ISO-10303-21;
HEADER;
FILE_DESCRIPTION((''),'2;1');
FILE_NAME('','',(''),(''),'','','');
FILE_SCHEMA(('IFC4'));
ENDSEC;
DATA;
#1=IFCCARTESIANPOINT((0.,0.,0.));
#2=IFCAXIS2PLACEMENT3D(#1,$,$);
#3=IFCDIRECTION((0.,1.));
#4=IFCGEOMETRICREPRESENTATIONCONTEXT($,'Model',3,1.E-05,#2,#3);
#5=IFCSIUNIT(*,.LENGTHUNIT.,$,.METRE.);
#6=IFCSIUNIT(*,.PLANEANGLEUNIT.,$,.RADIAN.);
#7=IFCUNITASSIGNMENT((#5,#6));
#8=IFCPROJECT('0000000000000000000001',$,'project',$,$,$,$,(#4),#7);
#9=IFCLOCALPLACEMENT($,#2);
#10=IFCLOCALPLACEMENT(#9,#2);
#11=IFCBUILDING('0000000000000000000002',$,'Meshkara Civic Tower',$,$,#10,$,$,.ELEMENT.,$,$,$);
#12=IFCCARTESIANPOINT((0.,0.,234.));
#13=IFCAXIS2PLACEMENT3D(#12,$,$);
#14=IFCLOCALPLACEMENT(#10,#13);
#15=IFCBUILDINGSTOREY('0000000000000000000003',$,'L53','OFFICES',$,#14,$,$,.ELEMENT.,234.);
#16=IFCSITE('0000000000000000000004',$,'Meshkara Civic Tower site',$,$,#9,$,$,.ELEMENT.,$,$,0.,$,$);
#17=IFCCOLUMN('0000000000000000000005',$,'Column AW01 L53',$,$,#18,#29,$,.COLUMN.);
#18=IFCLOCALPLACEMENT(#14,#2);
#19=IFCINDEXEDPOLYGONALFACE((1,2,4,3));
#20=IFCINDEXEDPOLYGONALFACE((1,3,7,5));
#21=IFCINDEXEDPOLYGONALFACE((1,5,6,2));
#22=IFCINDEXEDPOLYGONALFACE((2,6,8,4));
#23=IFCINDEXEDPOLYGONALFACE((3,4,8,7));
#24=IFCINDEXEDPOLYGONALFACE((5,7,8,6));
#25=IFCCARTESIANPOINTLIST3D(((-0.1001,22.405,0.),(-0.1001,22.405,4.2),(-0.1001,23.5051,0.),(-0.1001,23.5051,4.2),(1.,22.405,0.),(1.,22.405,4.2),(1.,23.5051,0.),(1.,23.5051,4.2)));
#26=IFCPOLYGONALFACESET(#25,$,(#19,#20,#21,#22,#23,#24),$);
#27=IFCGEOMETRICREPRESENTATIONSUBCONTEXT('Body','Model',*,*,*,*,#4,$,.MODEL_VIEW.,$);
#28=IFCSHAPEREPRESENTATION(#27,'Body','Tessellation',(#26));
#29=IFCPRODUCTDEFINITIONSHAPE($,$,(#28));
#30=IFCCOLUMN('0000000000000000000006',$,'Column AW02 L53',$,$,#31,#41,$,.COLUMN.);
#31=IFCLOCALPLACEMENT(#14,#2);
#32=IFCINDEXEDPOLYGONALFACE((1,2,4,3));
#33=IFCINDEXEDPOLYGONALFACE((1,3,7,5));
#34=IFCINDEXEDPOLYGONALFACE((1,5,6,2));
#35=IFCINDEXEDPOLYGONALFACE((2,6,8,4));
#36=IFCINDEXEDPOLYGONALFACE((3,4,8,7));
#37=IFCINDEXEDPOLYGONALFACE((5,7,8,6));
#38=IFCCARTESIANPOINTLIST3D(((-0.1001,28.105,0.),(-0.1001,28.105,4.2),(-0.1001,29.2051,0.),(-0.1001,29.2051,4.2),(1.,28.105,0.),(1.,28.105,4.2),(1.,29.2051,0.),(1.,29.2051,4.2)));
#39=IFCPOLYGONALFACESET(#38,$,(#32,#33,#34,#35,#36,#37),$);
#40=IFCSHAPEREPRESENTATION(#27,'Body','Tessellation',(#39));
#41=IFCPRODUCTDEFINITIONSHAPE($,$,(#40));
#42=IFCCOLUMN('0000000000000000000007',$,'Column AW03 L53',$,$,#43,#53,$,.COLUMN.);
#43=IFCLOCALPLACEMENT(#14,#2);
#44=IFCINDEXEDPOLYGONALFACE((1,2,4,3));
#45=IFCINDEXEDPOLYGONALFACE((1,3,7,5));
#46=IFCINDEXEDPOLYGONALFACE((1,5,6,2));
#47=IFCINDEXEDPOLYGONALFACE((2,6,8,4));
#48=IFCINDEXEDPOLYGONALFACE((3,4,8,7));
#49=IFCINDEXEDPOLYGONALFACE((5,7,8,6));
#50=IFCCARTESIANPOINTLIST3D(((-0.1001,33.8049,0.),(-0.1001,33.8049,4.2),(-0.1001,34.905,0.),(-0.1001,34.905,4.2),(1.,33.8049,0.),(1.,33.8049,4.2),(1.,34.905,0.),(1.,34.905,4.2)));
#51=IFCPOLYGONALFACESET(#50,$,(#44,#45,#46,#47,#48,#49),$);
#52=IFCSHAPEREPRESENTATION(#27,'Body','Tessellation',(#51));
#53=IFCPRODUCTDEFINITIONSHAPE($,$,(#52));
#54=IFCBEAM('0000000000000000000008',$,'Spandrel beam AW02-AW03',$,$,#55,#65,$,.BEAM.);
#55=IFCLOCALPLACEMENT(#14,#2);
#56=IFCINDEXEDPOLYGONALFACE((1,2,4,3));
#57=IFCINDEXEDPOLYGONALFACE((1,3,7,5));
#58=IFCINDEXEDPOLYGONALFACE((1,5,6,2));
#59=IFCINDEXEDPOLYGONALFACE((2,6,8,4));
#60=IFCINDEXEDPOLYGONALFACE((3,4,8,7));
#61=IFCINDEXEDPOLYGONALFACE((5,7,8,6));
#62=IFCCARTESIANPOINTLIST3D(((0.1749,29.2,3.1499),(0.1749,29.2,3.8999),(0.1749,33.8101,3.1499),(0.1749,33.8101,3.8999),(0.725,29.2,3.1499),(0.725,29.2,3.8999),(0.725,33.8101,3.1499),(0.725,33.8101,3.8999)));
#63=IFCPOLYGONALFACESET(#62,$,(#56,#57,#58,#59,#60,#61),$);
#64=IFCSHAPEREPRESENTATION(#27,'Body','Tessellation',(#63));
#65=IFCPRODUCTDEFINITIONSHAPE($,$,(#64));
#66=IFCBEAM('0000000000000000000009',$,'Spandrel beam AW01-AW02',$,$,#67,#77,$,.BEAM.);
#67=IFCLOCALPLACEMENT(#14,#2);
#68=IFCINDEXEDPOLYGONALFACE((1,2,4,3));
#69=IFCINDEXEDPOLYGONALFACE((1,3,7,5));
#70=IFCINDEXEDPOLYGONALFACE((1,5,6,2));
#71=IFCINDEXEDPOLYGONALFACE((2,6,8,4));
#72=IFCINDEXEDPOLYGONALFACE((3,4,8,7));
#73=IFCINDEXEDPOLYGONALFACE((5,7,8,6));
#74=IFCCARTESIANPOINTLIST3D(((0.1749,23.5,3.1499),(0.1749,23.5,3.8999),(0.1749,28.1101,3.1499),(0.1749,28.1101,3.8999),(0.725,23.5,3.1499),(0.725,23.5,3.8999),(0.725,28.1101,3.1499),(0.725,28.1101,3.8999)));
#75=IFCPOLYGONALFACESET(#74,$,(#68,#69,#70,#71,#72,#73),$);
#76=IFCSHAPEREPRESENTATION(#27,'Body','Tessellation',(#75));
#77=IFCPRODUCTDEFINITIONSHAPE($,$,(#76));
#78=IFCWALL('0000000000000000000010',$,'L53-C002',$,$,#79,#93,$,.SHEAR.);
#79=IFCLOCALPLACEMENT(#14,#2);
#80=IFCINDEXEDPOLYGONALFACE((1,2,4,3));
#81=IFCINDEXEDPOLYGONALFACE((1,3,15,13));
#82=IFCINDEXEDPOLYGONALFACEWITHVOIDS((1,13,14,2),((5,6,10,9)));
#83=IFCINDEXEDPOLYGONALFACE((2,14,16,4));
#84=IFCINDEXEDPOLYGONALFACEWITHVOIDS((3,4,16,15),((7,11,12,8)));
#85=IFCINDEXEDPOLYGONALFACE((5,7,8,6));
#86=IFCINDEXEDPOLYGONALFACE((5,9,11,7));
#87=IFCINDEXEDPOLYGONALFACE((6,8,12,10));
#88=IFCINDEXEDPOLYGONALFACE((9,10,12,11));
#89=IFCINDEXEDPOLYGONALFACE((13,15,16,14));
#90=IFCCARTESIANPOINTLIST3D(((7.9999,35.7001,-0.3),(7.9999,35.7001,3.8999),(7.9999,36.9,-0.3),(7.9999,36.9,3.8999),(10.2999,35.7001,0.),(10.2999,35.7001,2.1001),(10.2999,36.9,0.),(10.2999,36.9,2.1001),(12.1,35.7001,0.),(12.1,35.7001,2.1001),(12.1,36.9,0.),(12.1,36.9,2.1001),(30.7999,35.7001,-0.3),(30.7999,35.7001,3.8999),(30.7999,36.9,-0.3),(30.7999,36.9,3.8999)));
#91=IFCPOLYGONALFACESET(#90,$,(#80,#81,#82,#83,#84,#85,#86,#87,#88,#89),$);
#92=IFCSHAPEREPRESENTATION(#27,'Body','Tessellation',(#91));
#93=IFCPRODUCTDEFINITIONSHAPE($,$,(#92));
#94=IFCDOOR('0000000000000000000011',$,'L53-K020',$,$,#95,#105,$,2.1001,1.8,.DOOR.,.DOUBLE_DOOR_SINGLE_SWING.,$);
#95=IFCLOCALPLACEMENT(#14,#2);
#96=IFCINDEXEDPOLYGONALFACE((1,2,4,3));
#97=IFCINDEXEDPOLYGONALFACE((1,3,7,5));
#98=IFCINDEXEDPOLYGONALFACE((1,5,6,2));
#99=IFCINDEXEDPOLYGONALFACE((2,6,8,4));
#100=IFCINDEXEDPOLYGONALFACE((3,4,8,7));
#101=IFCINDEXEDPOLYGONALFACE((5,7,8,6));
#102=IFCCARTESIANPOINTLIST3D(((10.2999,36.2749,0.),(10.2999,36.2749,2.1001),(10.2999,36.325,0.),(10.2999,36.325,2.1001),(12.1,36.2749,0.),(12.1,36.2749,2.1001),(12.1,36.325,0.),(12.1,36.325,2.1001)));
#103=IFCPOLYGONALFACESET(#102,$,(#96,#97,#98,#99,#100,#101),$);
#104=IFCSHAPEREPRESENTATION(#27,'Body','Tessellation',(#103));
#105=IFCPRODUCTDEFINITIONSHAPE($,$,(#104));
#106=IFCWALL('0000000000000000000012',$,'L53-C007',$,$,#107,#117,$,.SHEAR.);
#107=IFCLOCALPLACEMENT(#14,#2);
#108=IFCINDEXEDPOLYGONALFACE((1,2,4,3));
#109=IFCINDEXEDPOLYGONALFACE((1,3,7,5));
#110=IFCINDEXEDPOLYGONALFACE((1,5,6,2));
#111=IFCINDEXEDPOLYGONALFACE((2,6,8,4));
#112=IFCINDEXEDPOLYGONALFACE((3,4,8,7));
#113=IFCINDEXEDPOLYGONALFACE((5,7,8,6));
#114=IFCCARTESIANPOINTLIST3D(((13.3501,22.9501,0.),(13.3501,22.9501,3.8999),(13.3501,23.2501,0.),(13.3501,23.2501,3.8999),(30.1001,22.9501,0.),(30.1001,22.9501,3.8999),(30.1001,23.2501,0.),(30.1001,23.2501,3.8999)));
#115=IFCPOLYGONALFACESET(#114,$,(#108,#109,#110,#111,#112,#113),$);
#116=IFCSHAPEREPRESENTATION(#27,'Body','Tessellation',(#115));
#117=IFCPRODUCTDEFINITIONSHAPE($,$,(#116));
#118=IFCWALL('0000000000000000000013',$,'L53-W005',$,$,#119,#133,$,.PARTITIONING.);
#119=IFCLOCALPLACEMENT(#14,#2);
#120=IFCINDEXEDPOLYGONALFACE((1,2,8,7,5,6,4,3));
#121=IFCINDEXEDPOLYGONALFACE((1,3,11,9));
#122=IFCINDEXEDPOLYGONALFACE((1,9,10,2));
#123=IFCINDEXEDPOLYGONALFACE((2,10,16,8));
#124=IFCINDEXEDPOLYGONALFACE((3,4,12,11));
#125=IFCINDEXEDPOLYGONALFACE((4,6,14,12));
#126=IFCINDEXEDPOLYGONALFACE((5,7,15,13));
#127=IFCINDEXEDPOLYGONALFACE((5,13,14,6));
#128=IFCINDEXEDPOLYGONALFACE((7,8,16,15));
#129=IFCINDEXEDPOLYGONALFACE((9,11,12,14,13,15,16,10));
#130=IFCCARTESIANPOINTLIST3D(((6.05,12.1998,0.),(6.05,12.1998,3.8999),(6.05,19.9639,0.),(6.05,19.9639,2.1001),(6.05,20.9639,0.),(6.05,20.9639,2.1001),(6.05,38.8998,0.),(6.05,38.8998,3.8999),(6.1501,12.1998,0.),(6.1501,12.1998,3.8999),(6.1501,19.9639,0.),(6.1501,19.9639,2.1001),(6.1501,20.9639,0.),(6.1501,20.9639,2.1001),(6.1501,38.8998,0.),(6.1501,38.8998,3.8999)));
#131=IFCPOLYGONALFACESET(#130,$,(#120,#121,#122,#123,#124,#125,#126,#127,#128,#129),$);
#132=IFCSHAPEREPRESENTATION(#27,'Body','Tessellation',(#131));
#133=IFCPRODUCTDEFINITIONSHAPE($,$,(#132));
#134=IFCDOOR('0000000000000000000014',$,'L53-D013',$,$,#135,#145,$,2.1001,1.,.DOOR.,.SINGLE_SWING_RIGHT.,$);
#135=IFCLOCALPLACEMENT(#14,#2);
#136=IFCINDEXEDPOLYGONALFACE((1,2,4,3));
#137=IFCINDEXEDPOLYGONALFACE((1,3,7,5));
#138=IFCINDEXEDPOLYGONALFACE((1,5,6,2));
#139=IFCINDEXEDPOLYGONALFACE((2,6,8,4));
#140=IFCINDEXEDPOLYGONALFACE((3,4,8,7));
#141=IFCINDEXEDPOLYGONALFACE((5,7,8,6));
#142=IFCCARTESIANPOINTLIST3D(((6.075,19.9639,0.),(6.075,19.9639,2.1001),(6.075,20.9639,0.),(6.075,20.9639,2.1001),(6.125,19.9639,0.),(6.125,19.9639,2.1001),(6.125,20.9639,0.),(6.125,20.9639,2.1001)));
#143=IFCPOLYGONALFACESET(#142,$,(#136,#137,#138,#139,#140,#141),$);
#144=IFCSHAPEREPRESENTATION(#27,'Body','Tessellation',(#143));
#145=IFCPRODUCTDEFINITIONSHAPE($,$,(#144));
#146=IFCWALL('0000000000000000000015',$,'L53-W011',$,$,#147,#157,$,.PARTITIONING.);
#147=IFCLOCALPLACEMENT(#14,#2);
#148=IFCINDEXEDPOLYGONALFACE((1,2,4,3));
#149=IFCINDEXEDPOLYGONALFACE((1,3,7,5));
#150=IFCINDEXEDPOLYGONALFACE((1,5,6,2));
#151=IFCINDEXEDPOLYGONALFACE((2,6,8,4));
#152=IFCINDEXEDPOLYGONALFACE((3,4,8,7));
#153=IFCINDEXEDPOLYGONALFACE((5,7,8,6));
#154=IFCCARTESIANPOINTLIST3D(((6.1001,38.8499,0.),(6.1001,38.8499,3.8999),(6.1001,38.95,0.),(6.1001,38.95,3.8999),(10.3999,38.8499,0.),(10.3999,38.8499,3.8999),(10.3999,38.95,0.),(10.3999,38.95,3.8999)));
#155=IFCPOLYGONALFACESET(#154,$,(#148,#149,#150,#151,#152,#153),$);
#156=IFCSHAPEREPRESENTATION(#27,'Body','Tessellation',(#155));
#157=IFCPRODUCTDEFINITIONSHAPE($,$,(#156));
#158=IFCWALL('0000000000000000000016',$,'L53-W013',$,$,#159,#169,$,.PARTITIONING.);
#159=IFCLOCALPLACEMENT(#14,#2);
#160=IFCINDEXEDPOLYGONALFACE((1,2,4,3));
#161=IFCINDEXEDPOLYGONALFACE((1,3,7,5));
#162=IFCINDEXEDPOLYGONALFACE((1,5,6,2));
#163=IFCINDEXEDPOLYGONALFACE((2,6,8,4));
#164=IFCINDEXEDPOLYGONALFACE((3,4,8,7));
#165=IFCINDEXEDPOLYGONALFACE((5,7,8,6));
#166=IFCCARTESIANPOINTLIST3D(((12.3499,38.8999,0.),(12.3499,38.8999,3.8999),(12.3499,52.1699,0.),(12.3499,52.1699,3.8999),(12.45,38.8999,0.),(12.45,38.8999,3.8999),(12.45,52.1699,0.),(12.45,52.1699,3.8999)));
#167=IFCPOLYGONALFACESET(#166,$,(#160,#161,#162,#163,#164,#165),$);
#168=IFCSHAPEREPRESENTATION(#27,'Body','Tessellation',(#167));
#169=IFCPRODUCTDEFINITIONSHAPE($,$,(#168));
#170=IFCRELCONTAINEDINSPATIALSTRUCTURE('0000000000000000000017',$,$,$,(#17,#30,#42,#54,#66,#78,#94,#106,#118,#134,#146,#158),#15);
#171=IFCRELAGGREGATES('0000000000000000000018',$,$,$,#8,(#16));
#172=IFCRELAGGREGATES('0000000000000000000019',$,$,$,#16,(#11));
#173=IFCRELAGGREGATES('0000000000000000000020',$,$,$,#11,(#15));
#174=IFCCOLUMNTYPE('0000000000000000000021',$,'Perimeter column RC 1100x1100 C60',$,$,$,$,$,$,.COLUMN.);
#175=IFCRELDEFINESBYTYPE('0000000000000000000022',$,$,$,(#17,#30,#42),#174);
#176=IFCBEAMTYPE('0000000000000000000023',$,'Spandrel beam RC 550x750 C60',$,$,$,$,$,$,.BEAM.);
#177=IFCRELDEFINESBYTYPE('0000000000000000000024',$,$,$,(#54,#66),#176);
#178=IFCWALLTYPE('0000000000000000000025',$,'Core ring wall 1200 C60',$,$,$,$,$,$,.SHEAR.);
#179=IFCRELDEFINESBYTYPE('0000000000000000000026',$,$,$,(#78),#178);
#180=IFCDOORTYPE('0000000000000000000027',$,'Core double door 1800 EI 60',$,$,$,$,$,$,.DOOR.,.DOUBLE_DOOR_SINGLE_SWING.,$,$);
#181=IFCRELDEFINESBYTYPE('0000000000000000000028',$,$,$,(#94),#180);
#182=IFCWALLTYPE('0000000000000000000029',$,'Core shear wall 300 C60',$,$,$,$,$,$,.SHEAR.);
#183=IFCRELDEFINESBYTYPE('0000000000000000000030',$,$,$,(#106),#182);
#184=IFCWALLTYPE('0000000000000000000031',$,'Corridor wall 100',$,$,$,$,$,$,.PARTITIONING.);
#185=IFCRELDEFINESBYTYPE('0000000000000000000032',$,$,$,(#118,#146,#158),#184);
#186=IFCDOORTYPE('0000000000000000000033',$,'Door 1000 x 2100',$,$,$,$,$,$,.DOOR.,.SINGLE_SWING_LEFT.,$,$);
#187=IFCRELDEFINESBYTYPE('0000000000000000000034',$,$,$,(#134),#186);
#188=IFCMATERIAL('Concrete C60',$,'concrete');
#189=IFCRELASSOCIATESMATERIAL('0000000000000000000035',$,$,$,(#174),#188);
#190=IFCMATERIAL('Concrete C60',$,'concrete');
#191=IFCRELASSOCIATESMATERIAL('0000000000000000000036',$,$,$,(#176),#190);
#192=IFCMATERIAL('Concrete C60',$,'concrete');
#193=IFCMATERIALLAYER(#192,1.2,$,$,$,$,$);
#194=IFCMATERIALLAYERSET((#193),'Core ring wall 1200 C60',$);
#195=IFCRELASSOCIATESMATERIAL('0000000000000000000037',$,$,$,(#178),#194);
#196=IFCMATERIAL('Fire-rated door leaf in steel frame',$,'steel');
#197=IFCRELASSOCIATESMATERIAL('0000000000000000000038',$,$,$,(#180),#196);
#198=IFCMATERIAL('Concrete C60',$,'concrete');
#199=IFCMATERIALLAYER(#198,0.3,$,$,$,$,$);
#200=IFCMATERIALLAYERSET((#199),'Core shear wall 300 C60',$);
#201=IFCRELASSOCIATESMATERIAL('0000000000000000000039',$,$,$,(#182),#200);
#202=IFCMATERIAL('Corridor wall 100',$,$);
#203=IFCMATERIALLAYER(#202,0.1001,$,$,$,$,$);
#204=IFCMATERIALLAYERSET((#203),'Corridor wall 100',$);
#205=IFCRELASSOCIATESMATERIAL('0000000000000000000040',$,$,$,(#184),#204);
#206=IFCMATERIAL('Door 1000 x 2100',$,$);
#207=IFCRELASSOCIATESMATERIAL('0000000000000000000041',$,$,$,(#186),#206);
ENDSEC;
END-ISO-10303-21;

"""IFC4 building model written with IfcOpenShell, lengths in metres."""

from ifc_helpers import new_model, si_unit, direction, frame, frame_2d, origin, origin_2d, place, context, subcontext, project, spatial, rectangle, extrude, material, layer, layer_set, material_profile, profile_set, type_object, element, fill, save


model = new_model("IFC4")

# Units and contexts
model_context = context("Model", 3, precision=1e-05, world=origin(), true_north=direction((0.0, 1.0)))
body_context = subcontext(model_context, "Body", "Model", "MODEL_VIEW")
ifc_project = project(units=[si_unit("LENGTHUNIT", "METRE"), si_unit("PLANEANGLEUNIT", "RADIAN")], contexts=[model_context])

# Site, building, storey
site_placement = place(None, origin())
site = spatial("IfcSite", under=ifc_project, at=site_placement, Name="Meshkara Civic Tower site", CompositionType="ELEMENT", RefElevation=0.0)
building_placement = place(site_placement, origin())
building = spatial("IfcBuilding", under=site, at=building_placement, Name="Meshkara Civic Tower", CompositionType="ELEMENT")
storey_placement = place(building_placement, frame((0.0, 0.0, 234.0)))
storey = spatial("IfcBuildingStorey", under=building, at=storey_placement, Name="L53", Description="OFFICES", CompositionType="ELEMENT", Elevation=234.0)

# Columns
ifc_material_1 = material(Name="Concrete C60", Category="concrete")
ifc_material_profile_1 = material_profile(ifc_material_1, rectangle(XDim=1.1001, YDim=1.1001, at=origin_2d()))
ifc_profile_set_1 = profile_set([ifc_material_profile_1], Name="Concrete C60")
column_type = type_object("IfcColumnType", Name="Perimeter column RC 1100x1100 C60", PredefinedType="COLUMN", material=ifc_profile_set_1)
for number, where, z_axis, x_axis, name in (
    (1, (0.45, 22.9551, 0.0), (0.0, 0.0, 1.0), (1.0, 0.0, 0.0), "Column AW01 L53"),
    (2, (0.45, 28.655, 0.0), (0.0, 0.0, 1.0), (1.0, 0.0, 0.0), "Column AW02 L53"),
    (3, (0.45, 34.355, 0.0), (0.0, 0.0, 1.0), (1.0, 0.0, 0.0), "Column AW03 L53"),
):
    element("IfcColumn", number, at=place(storey_placement, frame(where, z_axis=z_axis, x_axis=x_axis)), inside=storey, type_object=column_type, Name=name, PredefinedType="COLUMN", context=body_context, shape_type="SweptSolid", body=[
        extrude(rectangle(XDim=1.1001, YDim=1.1001, at=origin_2d()), origin(), (0.0, 0.0, 1.0), 4.2),
    ])

# Beams
ifc_material_2 = material(Name="Concrete C60", Category="concrete")
ifc_material_profile_2 = material_profile(ifc_material_2, rectangle(XDim=0.55, YDim=0.75, at=origin_2d()))
ifc_profile_set_2 = profile_set([ifc_material_profile_2], Name="Concrete C60")
beam_type = type_object("IfcBeamType", Name="Spandrel beam RC 550x750 C60", PredefinedType="BEAM", material=ifc_profile_set_2)
for number, where, z_axis, x_axis, name in (
    (4, (0.45, 33.8101, 3.5249), (0.0, -1.0, 0.0), (1.0, 0.0, 0.0), "Spandrel beam AW02-AW03"),
    (5, (0.45, 28.1101, 3.5249), (0.0, -1.0, 0.0), (1.0, 0.0, 0.0), "Spandrel beam AW01-AW02"),
):
    element("IfcBeam", number, at=place(storey_placement, frame(where, z_axis=z_axis, x_axis=x_axis)), inside=storey, type_object=beam_type, Name=name, PredefinedType="BEAM", context=body_context, shape_type="SweptSolid", body=[
        extrude(rectangle(XDim=0.55, YDim=0.75, at=origin_2d()), origin(), (0.0, 0.0, 1.0), 4.6101),
    ])

# Wall, opening, door
ifc_material_3 = material(Name="Concrete C60", Category="concrete")
ifc_layer_1 = layer(ifc_material_3, 1.2)
ifc_layer_set_1 = layer_set([ifc_layer_1], Name="Core ring wall 1200 C60")
wall_type_1 = type_object("IfcWallType", Name="Core ring wall 1200 C60", PredefinedType="SHEAR", material=ifc_layer_set_1)
wall_1_placement = place(storey_placement, frame((8.0, 36.3, -0.3), z_axis=(0.0, 0.0, 1.0), x_axis=(1.0, 0.0, 0.0)))
wall_1 = element("IfcWall", 6, at=wall_1_placement, inside=storey, type_object=wall_type_1, Name="L53-C002", PredefinedType="SHEAR", context=body_context, shape_type="SweptSolid", body=[
    extrude(rectangle(XDim=22.8, YDim=1.2, at=frame_2d((11.3999, 0.0))), origin(), (0.0, 0.0, 1.0), 4.2),
])
opening_1_placement = place(wall_1_placement, frame((2.3, 0.0, 0.3)))
opening_1 = element("IfcOpeningElement", 7, at=opening_1_placement, cuts=wall_1, PredefinedType="OPENING", context=body_context, shape_type="SweptSolid", body=[
    extrude(rectangle(XDim=1.8, YDim=2.1001, at=frame_2d((0.8999, 1.05))), frame((0.0, 0.6099, 0.0), z_axis=(0.0, -1.0, 0.0), x_axis=(1.0, 0.0, 0.0)), (0.0, 0.0, 1.0), 1.22),
])
ifc_material_4 = material(Name="Fire-rated door leaf in steel frame", Category="steel")
door_type_1 = type_object("IfcDoorType", Name="Core double door 1800 EI 60", OperationType="DOUBLE_DOOR_SINGLE_SWING", PredefinedType="DOOR", material=ifc_material_4)
door_1_placement = place(opening_1_placement, origin())
door_1 = element("IfcDoor", 8, at=door_1_placement, inside=storey, type_object=door_type_1, Name="L53-K020", OperationType="DOUBLE_DOOR_SINGLE_SWING", OverallHeight=2.1001, OverallWidth=1.8, PredefinedType="DOOR", context=body_context, shape_type="SweptSolid", body=[
    extrude(rectangle(XDim=1.8, YDim=2.1001, at=frame_2d((0.8999, 1.05))), frame((0.0, 0.0249, 0.0), z_axis=(0.0, -1.0, 0.0), x_axis=(1.0, 0.0, 0.0)), (0.0, 0.0, 1.0), 0.05),
])
fill(opening_1, door_1)

# Wall
ifc_material_5 = material(Name="Concrete C60", Category="concrete")
ifc_layer_2 = layer(ifc_material_5, 0.3)
ifc_layer_set_2 = layer_set([ifc_layer_2], Name="Core shear wall 300 C60")
wall_type_2 = type_object("IfcWallType", Name="Core shear wall 300 C60", PredefinedType="SHEAR", material=ifc_layer_set_2)
wall_2_placement = place(storey_placement, frame((13.3501, 23.1001, 0.0), z_axis=(0.0, 0.0, 1.0), x_axis=(1.0, 0.0, 0.0)))
element("IfcWall", 9, at=wall_2_placement, inside=storey, type_object=wall_type_2, Name="L53-C007", PredefinedType="SHEAR", context=body_context, shape_type="SweptSolid", body=[
    extrude(rectangle(XDim=16.75, YDim=0.3, at=frame_2d((8.375, 0.0))), origin(), (0.0, 0.0, 1.0), 3.8999),
])

# Wall, opening, door
ifc_material_6 = material(Name="Corridor wall 100")
ifc_layer_3 = layer(ifc_material_6, 0.1001)
ifc_layer_set_3 = layer_set([ifc_layer_3], Name="Corridor wall 100")
wall_type_3 = type_object("IfcWallType", Name="Corridor wall 100", PredefinedType="PARTITIONING", material=ifc_layer_set_3)
wall_3_placement = place(storey_placement, frame((6.1001, 38.8999, 0.0), z_axis=(0.0, 0.0, 1.0), x_axis=(0.0, -1.0, 0.0)))
wall_3 = element("IfcWall", 10, at=wall_3_placement, inside=storey, type_object=wall_type_3, Name="L53-W005", PredefinedType="PARTITIONING", context=body_context, shape_type="SweptSolid", body=[
    extrude(rectangle(XDim=26.7, YDim=0.1001, at=frame_2d((13.3501, 0.0))), origin(), (0.0, 0.0, 1.0), 3.8999),
])
opening_2_placement = place(wall_3_placement, frame((17.936, 0.0, 0.0)))
opening_2 = element("IfcOpeningElement", 11, at=opening_2_placement, cuts=wall_3, PredefinedType="OPENING", context=body_context, shape_type="SweptSolid", body=[
    extrude(rectangle(XDim=1.0, YDim=2.1001, at=frame_2d((0.5, 1.05))), frame((0.0, 0.0601, 0.0), z_axis=(0.0, -1.0, 0.0), x_axis=(1.0, 0.0, 0.0)), (0.0, 0.0, 1.0), 0.1201),
])
ifc_material_7 = material(Name="Door 1000 x 2100")
door_type_2 = type_object("IfcDoorType", Name="Door 1000 x 2100", OperationType="SINGLE_SWING_LEFT", PredefinedType="DOOR", material=ifc_material_7)
door_2_placement = place(opening_2_placement, origin())
door_2 = element("IfcDoor", 12, at=door_2_placement, inside=storey, type_object=door_type_2, Name="L53-D013", OperationType="SINGLE_SWING_RIGHT", OverallHeight=2.1001, OverallWidth=1.0, PredefinedType="DOOR", context=body_context, shape_type="SweptSolid", body=[
    extrude(rectangle(XDim=1.0, YDim=2.1001, at=frame_2d((0.5, 1.05))), frame((0.0, 0.0249, 0.0), z_axis=(0.0, -1.0, 0.0), x_axis=(1.0, 0.0, 0.0)), (0.0, 0.0, 1.0), 0.05),
])
fill(opening_2, door_2)

# Walls
wall_4_placement = place(storey_placement, frame((10.3999, 38.8999, 0.0), z_axis=(0.0, 0.0, 1.0), x_axis=(-1.0, 0.0, 0.0)))
element("IfcWall", 13, at=wall_4_placement, inside=storey, type_object=wall_type_3, Name="L53-W011", PredefinedType="PARTITIONING", context=body_context, shape_type="SweptSolid", body=[
    extrude(rectangle(XDim=4.2998, YDim=0.1001, at=frame_2d((2.1499, 0.0))), origin(), (0.0, 0.0, 1.0), 3.8999),
])
wall_5_placement = place(storey_placement, frame((12.3999, 38.8999, 0.0), z_axis=(0.0, 0.0, 1.0), x_axis=(0.0, 1.0, 0.0)))
element("IfcWall", 14, at=wall_5_placement, inside=storey, type_object=wall_type_3, Name="L53-W013", PredefinedType="PARTITIONING", context=body_context, shape_type="SweptSolid", body=[
    extrude(rectangle(XDim=13.27, YDim=0.1001, at=frame_2d((6.635, 0.0))), origin(), (0.0, 0.0, 1.0), 3.8999),
])

save(model, "model.ifc")
